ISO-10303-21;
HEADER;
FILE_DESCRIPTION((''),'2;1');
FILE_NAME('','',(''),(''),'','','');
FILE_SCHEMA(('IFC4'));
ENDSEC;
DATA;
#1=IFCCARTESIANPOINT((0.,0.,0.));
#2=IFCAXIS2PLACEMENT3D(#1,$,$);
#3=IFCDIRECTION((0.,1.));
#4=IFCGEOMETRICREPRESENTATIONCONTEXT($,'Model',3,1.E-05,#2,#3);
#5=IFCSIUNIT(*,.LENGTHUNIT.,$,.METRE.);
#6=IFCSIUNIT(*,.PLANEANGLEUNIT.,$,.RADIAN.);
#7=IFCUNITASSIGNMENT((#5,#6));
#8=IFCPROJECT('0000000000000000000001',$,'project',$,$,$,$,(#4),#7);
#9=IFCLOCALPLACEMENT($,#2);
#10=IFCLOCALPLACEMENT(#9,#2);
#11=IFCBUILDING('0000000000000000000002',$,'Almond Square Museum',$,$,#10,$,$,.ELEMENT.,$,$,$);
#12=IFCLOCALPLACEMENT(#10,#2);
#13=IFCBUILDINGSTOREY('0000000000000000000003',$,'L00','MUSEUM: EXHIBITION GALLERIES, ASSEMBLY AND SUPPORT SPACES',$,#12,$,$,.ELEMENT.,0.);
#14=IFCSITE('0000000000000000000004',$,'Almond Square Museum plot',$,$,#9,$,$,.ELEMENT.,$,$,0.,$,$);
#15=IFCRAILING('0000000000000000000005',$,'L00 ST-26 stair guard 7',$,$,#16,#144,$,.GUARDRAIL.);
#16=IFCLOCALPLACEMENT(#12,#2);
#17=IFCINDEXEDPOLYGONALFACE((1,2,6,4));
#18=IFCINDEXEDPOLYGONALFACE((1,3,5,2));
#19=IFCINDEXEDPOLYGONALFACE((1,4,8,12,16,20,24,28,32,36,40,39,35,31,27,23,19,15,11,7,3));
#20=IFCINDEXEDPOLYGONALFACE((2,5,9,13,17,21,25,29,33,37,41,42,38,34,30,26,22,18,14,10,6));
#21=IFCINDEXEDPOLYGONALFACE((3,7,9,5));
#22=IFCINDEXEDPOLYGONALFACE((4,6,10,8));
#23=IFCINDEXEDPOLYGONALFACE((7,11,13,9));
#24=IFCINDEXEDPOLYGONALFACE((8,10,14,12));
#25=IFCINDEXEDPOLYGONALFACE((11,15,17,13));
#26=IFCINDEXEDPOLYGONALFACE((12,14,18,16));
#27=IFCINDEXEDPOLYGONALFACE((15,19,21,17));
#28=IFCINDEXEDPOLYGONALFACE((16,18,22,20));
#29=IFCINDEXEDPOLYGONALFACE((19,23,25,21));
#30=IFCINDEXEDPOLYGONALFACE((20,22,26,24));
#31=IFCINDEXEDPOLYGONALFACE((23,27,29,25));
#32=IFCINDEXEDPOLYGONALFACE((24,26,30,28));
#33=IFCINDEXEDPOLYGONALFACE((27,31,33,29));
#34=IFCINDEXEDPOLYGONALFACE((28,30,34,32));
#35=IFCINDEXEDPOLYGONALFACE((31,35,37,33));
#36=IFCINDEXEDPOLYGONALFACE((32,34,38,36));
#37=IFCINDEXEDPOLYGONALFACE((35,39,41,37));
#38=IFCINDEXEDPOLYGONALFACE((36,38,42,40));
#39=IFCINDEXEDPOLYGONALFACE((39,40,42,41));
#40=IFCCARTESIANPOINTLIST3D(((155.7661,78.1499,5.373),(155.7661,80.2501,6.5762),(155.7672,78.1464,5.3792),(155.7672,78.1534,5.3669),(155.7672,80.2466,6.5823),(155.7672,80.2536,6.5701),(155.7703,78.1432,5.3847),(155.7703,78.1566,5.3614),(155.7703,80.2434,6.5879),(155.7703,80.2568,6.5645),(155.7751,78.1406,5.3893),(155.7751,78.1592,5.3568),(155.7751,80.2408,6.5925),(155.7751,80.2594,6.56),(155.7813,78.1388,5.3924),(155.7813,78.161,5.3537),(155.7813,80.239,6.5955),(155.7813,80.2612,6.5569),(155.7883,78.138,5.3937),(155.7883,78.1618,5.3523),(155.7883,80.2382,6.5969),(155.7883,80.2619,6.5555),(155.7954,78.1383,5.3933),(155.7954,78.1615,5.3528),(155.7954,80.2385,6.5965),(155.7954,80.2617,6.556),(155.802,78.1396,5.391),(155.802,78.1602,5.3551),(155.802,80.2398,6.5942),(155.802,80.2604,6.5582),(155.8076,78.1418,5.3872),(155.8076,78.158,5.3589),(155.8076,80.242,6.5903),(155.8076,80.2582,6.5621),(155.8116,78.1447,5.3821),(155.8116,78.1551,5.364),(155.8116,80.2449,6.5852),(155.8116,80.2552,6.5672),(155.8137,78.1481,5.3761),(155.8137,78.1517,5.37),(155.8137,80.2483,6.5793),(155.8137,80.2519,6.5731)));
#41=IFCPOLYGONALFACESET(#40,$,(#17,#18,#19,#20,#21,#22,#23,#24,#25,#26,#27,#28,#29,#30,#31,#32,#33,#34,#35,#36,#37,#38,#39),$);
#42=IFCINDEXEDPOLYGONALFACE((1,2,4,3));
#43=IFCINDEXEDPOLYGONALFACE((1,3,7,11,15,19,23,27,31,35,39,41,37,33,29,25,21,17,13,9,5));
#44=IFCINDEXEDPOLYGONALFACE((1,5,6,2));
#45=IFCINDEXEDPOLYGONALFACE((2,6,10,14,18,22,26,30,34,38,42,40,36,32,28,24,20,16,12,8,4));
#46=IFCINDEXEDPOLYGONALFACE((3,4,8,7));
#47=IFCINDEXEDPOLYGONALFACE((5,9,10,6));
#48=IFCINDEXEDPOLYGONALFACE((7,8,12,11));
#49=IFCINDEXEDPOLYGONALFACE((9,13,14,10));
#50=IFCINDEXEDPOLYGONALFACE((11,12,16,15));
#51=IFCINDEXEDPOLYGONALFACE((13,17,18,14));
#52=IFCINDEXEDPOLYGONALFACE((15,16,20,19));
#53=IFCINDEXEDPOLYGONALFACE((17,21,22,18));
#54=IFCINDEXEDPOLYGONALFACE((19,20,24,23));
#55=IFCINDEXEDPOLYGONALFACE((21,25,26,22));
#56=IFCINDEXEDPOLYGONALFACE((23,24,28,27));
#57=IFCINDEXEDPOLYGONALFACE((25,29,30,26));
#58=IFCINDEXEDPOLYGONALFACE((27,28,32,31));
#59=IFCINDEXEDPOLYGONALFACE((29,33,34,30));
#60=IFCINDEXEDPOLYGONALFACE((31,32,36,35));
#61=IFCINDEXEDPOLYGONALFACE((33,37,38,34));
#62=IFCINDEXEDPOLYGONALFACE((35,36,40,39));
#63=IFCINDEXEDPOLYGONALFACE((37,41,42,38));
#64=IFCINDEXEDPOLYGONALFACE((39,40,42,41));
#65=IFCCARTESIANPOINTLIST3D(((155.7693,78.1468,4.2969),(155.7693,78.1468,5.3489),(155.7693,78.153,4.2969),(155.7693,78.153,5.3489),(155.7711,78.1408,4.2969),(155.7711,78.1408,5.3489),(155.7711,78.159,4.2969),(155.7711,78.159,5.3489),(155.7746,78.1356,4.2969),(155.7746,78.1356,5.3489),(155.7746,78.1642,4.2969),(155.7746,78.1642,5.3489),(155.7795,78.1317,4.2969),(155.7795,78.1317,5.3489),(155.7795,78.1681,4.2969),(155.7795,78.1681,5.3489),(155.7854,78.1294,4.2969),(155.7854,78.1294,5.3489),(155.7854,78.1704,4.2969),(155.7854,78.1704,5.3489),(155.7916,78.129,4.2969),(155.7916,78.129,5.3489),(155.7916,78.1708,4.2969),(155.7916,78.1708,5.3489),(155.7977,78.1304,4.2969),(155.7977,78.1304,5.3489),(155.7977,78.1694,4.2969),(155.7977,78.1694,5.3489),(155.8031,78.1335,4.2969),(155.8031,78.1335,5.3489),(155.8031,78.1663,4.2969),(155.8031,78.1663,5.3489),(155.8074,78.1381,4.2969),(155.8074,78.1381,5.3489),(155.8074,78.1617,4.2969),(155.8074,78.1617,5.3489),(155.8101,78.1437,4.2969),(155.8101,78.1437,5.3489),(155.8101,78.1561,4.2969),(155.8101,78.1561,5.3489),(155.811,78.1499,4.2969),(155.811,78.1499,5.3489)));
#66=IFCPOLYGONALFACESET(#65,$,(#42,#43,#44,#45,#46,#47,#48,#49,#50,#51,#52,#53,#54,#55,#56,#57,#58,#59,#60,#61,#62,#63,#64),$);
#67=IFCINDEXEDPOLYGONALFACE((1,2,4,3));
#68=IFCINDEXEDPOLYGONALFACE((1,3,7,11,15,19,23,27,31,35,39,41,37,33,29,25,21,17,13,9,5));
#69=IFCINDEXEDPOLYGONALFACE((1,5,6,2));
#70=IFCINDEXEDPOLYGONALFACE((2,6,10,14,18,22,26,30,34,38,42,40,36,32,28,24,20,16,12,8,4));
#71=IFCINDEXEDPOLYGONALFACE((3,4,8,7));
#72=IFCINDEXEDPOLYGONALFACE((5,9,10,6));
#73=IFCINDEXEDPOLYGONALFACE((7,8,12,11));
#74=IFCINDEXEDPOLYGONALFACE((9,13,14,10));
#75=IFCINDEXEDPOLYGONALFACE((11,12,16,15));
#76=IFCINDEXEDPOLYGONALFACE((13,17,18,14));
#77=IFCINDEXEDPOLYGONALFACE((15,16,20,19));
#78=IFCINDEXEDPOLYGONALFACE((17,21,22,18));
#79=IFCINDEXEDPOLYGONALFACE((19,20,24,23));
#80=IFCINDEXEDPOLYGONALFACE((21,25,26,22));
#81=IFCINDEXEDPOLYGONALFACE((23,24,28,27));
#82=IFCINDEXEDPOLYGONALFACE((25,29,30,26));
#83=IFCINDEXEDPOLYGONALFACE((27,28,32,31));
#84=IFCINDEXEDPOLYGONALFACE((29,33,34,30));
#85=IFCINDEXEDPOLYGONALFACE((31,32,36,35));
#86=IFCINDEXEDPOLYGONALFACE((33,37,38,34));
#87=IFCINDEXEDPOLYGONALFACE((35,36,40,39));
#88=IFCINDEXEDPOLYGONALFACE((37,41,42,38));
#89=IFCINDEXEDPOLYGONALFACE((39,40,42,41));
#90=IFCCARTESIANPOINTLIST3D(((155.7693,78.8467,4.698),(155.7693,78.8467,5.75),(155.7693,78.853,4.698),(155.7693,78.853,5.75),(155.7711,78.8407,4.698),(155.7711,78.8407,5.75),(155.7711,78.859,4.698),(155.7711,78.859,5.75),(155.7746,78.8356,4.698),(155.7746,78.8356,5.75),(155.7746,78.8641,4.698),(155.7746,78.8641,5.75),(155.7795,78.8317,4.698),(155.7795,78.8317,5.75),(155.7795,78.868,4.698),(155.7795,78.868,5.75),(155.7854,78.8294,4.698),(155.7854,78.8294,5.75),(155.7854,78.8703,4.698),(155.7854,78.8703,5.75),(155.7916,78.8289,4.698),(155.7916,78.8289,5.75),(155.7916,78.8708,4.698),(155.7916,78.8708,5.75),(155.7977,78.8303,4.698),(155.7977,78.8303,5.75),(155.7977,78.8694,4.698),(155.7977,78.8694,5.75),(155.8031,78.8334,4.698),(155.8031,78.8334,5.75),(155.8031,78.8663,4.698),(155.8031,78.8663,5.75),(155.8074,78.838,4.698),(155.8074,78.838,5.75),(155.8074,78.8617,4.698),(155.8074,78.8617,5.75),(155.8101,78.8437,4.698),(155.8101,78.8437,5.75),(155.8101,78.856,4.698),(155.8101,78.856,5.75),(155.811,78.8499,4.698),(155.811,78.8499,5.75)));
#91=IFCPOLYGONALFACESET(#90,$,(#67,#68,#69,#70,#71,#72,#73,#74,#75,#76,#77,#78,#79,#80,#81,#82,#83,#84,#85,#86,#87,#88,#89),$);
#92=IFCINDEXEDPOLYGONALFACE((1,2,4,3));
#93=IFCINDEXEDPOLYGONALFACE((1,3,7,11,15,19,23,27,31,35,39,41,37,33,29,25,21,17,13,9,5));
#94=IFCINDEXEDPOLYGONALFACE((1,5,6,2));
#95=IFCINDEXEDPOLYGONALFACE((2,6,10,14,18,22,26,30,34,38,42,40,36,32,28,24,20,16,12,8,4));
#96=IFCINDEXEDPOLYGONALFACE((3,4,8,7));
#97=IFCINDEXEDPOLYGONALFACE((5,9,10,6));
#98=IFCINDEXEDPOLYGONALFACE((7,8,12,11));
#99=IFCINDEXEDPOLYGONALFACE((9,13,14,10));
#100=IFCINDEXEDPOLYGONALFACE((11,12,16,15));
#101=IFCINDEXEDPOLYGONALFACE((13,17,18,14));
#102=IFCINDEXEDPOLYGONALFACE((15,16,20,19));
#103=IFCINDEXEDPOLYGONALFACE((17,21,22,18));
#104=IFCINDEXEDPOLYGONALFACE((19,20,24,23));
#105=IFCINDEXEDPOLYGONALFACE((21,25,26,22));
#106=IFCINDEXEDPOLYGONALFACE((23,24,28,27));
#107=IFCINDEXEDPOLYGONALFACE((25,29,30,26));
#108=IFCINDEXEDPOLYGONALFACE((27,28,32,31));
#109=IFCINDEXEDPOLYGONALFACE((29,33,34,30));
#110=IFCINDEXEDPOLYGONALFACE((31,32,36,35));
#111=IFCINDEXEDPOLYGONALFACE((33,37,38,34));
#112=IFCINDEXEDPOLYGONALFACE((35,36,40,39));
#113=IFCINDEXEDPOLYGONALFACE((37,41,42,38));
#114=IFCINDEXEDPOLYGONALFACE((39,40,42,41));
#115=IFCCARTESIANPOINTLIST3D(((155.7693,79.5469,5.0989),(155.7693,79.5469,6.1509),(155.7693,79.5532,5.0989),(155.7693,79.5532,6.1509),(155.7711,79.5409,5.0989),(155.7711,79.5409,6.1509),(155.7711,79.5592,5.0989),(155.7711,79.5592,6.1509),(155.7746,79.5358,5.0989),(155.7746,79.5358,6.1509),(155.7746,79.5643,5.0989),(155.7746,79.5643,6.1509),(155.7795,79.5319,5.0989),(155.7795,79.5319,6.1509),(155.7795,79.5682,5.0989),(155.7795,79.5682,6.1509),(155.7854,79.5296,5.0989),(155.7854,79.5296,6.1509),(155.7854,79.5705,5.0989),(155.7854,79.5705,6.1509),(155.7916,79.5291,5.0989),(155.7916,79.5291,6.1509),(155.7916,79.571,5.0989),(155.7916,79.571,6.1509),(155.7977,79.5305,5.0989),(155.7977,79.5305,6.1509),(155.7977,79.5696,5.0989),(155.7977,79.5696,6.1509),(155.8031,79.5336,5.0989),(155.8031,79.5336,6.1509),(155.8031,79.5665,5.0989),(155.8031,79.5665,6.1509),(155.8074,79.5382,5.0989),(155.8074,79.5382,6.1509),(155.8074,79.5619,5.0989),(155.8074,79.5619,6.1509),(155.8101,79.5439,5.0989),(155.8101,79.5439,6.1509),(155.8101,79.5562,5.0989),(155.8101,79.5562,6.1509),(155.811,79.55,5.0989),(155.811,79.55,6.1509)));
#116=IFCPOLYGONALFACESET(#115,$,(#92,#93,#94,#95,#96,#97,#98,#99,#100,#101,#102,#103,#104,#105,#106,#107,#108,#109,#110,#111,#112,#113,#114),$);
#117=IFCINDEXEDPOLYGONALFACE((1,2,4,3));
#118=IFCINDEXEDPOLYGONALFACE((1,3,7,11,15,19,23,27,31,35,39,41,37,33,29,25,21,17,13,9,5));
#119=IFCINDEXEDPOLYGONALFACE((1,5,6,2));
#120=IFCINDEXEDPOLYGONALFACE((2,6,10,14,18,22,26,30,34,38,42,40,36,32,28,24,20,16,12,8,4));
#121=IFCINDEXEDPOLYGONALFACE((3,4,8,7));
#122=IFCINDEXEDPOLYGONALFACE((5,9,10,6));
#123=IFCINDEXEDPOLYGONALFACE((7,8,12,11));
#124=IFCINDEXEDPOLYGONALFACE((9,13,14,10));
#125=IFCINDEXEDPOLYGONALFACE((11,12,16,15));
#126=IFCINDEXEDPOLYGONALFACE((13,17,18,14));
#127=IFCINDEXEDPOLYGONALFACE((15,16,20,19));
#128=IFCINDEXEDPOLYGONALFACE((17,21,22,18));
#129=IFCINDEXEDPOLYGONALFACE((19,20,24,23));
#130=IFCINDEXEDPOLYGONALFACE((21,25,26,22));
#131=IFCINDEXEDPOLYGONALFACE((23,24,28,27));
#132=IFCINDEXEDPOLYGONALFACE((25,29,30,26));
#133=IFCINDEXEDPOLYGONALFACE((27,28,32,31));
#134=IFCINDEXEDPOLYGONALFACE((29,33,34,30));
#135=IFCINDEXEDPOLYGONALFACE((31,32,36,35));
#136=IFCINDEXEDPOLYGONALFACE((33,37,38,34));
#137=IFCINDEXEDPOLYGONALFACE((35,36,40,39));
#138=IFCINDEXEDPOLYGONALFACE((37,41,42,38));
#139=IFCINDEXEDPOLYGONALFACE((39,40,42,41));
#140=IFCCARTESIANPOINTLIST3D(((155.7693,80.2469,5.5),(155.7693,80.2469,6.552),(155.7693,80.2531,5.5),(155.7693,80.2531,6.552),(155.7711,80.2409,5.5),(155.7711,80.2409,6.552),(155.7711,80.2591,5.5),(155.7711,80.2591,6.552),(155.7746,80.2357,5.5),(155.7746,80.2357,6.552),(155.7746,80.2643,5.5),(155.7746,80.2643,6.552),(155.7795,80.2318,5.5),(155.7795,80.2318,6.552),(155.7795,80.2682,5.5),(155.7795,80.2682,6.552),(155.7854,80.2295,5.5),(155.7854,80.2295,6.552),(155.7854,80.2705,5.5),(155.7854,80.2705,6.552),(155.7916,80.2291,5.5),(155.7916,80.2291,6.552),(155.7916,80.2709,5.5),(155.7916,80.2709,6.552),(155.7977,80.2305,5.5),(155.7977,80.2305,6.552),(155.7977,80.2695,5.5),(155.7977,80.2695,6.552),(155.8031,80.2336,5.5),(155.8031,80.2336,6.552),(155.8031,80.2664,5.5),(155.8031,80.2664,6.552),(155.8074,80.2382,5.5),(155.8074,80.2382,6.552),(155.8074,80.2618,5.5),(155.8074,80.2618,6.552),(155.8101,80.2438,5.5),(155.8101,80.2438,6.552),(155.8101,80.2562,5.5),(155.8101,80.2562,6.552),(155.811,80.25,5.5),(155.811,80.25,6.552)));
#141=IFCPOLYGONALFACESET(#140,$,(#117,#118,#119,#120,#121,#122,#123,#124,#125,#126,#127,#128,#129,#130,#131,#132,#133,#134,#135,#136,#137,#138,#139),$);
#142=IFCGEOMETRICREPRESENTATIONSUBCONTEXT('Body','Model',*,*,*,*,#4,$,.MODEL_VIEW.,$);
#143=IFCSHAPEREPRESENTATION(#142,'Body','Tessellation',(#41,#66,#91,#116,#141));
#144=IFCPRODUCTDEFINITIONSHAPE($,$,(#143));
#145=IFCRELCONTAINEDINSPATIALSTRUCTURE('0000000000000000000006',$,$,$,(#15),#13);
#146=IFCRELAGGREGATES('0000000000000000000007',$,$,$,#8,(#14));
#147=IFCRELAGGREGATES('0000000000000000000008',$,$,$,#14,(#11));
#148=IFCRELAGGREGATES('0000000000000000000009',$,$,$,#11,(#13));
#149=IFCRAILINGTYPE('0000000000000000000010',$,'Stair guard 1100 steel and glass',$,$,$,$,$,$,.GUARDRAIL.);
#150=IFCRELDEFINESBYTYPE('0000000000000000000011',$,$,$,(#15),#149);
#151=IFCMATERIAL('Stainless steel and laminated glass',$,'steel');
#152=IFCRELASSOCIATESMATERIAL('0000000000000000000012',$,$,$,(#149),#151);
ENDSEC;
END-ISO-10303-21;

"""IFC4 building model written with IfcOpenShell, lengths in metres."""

from ifc_helpers import new_model, si_unit, direction, frame, origin, origin_2d, place, context, subcontext, project, spatial, circle, extrude, material, type_object, element, save


model = new_model("IFC4")

# Units and contexts
model_context = context("Model", 3, precision=1e-05, world=origin(), true_north=direction((0.0, 1.0)))
body_context = subcontext(model_context, "Body", "Model", "MODEL_VIEW")
ifc_project = project(units=[si_unit("LENGTHUNIT", "METRE"), si_unit("PLANEANGLEUNIT", "RADIAN")], contexts=[model_context])

# Site, building, storey
site_placement = place(None, origin())
site = spatial("IfcSite", under=ifc_project, at=site_placement, Name="Almond Square Museum plot", CompositionType="ELEMENT", RefElevation=0.0)
building_placement = place(site_placement, origin())
building = spatial("IfcBuilding", under=site, at=building_placement, Name="Almond Square Museum", CompositionType="ELEMENT")
storey_placement = place(building_placement, origin())
storey = spatial("IfcBuildingStorey", under=building, at=storey_placement, Name="L00", Description="MUSEUM: EXHIBITION GALLERIES, ASSEMBLY AND SUPPORT SPACES", CompositionType="ELEMENT", Elevation=0.0)

# Railing
ifc_material_1 = material(Name="Stainless steel and laminated glass", Category="steel")
railing_type_1 = type_object("IfcRailingType", Name="Stair guard 1100 steel and glass", PredefinedType="GUARDRAIL", material=ifc_material_1)
railing_1_placement = place(storey_placement, frame((155.79, 78.1499, 4.2969)))
element("IfcRailing", 1, at=railing_1_placement, inside=storey, type_object=railing_type_1, Name="L00 ST-26 stair guard 7", PredefinedType="GUARDRAIL", context=body_context, shape_type="SweptSolid", body=[
    extrude(circle(Radius=0.0239, at=origin_2d()), frame((0.0, 0.0, 1.0762), z_axis=(0.0, 0.867696, 0.497095), x_axis=(-1.0, 0.0, 0.0)), (0.0, 0.0, 1.0), 2.4204),
    extrude(circle(Radius=0.021, at=origin_2d()), origin(), (0.0, 0.0, 1.0), 1.052),
    extrude(circle(Radius=0.021, at=origin_2d()), frame((0.0, 0.7, 0.4011)), (0.0, 0.0, 1.0), 1.052),
    extrude(circle(Radius=0.021, at=origin_2d()), frame((0.0, 1.4001, 0.802)), (0.0, 0.0, 1.0), 1.052),
    extrude(circle(Radius=0.021, at=origin_2d()), frame((0.0, 2.1001, 1.2031)), (0.0, 0.0, 1.0), 1.052),
])

save(model, "model.ifc")
